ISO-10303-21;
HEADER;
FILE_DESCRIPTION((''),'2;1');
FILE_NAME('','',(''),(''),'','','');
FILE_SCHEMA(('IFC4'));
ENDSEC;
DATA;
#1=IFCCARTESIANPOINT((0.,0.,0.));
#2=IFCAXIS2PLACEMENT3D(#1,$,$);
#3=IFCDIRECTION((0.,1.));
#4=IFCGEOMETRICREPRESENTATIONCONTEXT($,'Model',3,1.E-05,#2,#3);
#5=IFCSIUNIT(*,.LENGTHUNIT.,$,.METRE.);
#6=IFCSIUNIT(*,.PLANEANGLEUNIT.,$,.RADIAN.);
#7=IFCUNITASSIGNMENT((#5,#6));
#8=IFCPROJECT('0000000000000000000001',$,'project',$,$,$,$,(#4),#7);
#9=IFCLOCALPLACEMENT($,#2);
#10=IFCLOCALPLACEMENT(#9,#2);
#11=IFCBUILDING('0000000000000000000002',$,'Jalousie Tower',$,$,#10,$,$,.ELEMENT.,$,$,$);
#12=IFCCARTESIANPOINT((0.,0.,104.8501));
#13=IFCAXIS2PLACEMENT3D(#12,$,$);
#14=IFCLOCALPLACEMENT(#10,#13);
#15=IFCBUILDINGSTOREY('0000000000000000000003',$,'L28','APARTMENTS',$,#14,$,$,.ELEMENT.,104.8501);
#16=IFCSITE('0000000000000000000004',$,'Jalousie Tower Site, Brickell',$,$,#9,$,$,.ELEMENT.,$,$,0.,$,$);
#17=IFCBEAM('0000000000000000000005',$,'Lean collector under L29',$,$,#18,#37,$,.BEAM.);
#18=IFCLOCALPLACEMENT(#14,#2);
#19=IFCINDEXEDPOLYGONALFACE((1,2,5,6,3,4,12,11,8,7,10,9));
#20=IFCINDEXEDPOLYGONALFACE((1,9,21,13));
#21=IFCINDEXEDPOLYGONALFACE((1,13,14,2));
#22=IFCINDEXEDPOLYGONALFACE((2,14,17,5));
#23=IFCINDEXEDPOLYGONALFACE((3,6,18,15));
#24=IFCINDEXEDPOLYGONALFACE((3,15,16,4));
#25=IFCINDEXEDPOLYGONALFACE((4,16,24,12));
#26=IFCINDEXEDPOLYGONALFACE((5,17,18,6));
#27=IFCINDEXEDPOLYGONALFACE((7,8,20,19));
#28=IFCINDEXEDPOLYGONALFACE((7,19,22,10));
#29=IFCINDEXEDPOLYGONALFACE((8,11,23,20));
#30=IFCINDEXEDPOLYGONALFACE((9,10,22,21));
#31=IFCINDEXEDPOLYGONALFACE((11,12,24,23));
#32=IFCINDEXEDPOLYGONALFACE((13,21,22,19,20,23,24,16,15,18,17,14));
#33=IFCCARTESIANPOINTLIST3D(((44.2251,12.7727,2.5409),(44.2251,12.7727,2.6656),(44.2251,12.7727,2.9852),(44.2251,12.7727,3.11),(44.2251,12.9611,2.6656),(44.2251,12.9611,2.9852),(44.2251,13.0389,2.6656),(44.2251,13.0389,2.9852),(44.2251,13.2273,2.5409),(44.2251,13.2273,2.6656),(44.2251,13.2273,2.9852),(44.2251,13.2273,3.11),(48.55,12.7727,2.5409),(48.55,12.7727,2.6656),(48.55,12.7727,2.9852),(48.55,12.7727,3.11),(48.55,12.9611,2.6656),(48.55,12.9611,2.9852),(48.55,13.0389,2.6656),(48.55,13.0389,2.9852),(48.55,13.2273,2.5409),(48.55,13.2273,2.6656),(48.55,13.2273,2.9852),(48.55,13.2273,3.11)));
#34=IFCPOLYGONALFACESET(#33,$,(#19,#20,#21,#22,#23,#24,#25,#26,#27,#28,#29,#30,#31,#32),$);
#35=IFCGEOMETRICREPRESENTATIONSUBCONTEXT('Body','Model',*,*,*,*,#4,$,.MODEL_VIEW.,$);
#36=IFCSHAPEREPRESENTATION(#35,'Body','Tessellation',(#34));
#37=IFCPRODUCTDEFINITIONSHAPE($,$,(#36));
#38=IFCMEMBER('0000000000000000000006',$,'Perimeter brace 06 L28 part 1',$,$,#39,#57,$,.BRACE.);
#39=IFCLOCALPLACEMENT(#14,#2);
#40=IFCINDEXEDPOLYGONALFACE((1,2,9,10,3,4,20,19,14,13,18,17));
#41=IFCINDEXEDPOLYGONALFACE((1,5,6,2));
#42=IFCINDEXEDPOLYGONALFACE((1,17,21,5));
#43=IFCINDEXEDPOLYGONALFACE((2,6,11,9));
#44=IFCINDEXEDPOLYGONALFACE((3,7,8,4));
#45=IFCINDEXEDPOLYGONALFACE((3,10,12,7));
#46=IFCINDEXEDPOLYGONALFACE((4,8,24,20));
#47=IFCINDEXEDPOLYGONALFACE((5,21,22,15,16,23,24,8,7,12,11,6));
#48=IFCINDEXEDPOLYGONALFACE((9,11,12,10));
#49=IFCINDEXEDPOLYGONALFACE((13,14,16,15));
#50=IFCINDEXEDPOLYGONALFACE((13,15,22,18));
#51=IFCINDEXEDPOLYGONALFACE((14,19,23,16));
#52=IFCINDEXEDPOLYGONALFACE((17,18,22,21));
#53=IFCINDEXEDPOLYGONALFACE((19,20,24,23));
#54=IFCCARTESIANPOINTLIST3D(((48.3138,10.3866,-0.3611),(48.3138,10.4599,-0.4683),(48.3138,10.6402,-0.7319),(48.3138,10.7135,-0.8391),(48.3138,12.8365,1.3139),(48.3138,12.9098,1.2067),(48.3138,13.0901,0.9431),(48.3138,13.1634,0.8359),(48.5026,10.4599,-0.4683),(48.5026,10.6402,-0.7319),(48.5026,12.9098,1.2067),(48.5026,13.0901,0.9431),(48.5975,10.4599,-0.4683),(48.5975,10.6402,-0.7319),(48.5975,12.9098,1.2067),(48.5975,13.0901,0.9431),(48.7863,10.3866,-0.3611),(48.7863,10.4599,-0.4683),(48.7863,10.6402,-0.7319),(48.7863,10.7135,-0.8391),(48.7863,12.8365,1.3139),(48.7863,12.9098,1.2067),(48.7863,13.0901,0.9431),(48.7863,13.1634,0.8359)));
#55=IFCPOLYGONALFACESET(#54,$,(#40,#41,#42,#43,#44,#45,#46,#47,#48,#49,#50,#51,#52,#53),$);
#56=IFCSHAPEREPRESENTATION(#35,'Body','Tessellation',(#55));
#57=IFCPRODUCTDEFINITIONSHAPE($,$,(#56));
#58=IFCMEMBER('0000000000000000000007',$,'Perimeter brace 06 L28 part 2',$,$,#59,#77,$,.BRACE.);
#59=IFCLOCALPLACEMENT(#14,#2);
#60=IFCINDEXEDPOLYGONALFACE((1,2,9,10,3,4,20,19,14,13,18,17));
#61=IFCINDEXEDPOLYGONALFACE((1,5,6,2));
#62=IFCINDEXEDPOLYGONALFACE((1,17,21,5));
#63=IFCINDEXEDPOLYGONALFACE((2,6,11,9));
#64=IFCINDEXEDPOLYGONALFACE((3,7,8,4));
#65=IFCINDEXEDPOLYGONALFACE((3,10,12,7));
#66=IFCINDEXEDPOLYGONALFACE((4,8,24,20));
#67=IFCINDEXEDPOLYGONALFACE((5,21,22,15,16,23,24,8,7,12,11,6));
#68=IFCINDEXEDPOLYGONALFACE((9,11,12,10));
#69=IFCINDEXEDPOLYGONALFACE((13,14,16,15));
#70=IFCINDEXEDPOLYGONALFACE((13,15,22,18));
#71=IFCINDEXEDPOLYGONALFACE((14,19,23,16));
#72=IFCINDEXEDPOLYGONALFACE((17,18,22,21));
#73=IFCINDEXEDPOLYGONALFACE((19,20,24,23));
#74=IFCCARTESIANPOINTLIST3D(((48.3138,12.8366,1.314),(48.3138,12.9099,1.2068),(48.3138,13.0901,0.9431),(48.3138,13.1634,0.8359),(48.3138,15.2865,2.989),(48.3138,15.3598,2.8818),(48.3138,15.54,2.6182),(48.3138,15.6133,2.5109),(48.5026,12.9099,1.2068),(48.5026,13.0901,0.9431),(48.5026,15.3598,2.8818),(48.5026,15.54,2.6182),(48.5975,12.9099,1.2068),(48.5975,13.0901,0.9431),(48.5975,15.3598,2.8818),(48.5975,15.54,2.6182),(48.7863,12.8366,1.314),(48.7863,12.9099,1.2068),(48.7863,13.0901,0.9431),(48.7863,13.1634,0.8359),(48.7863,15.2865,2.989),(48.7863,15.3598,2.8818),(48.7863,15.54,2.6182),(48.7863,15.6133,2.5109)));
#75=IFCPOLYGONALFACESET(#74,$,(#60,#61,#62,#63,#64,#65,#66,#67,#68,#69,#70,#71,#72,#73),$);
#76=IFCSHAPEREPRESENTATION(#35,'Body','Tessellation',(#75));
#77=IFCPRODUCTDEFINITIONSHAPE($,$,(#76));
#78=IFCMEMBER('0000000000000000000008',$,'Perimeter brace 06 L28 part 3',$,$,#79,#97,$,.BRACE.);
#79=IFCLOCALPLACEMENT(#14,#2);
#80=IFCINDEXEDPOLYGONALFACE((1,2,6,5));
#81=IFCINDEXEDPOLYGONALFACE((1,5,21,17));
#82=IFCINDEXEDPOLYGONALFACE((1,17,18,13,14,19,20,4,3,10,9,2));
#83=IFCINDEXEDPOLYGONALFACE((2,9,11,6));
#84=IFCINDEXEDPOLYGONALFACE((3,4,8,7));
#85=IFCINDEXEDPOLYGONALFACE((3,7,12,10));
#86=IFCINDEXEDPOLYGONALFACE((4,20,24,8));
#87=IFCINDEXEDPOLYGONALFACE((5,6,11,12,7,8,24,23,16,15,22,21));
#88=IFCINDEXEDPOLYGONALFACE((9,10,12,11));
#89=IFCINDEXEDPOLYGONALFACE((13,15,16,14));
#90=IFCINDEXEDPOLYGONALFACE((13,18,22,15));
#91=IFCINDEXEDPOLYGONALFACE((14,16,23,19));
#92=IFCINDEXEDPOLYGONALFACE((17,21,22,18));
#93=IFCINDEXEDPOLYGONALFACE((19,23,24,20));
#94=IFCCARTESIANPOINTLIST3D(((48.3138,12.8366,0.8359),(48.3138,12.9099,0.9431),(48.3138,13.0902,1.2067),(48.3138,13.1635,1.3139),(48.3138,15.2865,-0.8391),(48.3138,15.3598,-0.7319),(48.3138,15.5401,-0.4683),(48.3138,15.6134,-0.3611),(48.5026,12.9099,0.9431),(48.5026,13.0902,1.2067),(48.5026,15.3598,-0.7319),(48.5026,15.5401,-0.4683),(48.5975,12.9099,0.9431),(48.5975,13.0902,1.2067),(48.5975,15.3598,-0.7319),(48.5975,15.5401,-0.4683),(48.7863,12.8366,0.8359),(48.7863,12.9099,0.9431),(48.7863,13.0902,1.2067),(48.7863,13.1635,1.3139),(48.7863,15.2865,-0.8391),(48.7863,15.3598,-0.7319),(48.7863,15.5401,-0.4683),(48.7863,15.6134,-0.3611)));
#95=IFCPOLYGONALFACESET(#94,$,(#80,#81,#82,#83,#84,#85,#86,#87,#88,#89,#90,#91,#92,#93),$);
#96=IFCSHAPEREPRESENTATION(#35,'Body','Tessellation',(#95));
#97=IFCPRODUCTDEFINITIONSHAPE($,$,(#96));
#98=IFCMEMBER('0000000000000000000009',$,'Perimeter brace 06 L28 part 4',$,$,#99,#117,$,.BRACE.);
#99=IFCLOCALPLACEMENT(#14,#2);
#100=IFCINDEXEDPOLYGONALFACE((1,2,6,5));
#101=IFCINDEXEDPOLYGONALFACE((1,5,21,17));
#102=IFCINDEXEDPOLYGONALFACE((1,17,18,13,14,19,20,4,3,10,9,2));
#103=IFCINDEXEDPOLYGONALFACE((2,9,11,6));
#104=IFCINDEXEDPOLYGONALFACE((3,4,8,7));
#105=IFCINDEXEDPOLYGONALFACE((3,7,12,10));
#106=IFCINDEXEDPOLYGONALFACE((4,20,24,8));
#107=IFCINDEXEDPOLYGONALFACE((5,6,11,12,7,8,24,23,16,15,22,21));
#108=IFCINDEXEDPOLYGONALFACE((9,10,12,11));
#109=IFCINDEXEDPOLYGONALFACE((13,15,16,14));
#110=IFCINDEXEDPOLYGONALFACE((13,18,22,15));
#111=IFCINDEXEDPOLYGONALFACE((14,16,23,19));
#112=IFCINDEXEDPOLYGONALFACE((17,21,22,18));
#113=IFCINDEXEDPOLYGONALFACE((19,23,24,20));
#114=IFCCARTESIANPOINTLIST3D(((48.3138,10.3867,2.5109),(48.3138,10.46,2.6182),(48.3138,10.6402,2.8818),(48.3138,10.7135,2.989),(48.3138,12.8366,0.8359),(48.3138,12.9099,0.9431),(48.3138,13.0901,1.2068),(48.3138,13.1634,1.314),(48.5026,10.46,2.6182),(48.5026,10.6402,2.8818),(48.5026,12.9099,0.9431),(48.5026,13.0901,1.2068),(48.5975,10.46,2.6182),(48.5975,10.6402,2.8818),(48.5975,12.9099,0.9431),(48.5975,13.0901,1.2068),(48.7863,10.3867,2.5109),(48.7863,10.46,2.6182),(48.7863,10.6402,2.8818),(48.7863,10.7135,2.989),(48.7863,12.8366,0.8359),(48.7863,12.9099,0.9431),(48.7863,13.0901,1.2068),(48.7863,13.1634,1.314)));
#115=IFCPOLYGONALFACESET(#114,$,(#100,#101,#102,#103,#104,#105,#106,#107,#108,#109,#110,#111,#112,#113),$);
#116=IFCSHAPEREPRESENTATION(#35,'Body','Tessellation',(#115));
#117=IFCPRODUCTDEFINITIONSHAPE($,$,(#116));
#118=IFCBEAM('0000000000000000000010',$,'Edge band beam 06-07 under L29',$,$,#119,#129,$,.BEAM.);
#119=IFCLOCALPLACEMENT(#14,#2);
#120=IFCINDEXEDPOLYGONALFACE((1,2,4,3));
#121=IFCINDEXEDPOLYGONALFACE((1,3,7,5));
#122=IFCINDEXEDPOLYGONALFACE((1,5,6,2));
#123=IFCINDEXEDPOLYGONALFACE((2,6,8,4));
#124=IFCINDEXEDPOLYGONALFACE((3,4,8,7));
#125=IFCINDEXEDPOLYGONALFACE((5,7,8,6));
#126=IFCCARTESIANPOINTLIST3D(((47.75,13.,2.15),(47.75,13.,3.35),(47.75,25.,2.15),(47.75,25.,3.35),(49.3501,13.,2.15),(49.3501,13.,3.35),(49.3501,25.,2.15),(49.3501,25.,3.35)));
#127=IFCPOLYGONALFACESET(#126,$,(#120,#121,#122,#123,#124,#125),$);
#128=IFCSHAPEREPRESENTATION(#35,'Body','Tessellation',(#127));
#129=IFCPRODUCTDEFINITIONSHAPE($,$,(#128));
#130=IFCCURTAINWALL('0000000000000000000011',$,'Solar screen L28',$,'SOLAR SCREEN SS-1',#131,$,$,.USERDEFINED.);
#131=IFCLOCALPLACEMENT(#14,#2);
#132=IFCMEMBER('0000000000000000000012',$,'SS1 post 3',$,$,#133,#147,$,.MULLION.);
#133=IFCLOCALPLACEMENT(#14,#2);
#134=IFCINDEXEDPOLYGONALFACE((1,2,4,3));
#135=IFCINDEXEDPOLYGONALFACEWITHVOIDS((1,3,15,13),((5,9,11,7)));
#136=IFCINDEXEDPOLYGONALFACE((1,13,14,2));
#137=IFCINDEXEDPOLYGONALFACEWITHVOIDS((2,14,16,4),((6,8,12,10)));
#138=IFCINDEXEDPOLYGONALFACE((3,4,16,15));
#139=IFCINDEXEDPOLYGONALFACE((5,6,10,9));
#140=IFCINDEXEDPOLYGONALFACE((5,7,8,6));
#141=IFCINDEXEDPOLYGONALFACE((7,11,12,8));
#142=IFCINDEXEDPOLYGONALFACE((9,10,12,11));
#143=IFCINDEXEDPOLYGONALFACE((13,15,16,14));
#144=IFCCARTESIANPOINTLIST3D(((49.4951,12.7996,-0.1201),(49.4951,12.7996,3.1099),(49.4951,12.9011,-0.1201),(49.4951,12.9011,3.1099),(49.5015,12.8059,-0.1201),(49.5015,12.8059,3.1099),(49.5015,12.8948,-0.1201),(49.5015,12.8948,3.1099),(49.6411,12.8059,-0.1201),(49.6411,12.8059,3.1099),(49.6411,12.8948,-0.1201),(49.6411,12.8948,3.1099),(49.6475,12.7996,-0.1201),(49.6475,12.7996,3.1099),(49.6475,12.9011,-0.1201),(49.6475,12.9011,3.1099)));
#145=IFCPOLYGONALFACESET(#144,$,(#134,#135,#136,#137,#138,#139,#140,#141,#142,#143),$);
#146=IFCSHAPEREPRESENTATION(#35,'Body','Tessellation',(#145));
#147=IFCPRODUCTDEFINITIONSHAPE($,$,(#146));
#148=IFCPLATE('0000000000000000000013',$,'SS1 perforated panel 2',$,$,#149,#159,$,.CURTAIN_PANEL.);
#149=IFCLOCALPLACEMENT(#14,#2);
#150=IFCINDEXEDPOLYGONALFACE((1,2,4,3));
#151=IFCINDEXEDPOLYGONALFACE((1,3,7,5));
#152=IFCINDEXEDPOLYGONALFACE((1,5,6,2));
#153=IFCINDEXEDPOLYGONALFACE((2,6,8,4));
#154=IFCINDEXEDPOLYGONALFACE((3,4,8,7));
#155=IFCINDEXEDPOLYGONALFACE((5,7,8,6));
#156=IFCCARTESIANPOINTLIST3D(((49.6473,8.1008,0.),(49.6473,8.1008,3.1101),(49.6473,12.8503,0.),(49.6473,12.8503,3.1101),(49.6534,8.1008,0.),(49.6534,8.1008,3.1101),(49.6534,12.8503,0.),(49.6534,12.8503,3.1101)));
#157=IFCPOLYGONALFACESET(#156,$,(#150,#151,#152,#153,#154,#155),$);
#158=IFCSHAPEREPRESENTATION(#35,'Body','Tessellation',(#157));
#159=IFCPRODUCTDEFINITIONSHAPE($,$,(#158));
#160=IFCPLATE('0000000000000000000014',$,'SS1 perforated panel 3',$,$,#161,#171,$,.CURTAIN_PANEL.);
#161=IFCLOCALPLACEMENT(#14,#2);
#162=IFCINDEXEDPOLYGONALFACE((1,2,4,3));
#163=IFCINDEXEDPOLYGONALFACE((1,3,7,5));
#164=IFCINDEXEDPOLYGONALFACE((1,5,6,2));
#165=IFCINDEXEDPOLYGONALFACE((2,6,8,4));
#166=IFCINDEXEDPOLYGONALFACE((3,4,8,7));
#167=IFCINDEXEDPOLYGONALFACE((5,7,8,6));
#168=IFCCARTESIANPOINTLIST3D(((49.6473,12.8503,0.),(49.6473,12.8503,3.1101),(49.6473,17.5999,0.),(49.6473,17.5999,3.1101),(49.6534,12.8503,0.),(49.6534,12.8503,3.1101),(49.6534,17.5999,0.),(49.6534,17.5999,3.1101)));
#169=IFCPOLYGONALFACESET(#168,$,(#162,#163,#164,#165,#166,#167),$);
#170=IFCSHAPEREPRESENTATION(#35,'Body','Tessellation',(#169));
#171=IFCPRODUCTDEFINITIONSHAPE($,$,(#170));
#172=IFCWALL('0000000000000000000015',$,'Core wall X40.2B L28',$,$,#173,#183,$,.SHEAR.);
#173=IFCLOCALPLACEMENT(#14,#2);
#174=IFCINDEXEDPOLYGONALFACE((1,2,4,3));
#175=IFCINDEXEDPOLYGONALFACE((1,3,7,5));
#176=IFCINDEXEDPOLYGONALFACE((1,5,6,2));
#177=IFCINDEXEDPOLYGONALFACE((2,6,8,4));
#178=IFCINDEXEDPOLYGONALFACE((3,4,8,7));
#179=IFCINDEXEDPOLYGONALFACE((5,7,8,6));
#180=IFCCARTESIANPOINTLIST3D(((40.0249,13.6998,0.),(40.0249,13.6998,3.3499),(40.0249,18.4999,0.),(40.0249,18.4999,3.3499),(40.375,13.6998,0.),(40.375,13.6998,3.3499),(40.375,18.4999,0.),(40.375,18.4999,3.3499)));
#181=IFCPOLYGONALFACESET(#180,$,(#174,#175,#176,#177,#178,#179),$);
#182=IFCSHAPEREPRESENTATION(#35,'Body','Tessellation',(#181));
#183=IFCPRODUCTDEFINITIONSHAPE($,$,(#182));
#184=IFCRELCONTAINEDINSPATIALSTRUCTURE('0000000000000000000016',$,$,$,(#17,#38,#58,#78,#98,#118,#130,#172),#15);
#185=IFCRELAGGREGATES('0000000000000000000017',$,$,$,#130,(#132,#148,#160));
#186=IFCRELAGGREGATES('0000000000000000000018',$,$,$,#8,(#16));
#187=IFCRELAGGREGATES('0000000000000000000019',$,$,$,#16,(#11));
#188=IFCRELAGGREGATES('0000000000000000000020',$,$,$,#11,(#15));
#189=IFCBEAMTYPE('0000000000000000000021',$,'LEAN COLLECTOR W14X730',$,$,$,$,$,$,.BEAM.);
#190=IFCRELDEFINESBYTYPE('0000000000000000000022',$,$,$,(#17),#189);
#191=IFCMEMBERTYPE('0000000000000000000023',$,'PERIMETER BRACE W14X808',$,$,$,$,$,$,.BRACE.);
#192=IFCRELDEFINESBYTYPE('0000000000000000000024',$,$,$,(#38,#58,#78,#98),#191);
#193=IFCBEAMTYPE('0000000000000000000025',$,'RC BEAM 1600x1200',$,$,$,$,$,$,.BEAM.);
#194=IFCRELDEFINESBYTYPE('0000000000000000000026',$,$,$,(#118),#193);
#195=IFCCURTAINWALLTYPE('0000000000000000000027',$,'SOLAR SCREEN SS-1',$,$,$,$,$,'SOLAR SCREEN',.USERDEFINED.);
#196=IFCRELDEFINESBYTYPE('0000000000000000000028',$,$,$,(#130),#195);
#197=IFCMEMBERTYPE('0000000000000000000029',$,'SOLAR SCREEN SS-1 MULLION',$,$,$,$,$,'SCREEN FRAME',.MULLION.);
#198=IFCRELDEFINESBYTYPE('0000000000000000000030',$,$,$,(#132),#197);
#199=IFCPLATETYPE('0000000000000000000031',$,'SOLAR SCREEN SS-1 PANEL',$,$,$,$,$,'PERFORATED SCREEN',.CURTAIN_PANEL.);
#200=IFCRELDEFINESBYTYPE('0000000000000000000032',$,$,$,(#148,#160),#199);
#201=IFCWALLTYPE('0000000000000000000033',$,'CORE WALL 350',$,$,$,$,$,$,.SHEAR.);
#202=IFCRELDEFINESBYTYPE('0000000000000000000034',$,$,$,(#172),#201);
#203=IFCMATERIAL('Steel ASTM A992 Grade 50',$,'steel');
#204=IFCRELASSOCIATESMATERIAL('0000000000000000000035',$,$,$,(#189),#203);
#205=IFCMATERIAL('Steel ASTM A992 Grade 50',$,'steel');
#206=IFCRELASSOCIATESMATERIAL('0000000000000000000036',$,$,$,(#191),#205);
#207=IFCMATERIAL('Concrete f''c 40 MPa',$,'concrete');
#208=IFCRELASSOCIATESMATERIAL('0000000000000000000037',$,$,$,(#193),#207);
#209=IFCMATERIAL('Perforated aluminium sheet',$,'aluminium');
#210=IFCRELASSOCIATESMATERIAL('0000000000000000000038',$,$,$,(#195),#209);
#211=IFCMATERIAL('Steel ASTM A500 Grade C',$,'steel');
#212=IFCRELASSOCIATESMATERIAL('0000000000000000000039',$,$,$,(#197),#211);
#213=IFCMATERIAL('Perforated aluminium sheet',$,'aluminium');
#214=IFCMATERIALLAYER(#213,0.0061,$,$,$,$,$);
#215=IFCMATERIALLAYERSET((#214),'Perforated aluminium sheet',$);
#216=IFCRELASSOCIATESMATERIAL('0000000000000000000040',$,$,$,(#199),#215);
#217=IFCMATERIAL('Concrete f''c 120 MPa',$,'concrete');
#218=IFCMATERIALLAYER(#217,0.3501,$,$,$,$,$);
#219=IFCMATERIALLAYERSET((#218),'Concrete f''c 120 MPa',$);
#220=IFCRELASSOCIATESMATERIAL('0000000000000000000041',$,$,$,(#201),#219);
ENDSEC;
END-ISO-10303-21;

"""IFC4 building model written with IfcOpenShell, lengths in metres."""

from ifc_helpers import new_model, si_unit, direction, frame, frame_2d, origin, origin_2d, place, context, subcontext, project, spatial, rectangle, hollow_rectangle, i_section, extrude, material, layer, layer_set, material_profile, profile_set, type_object, element, aggregate, save


model = new_model("IFC4")

# Units and contexts
model_context = context("Model", 3, precision=1e-05, world=origin(), true_north=direction((0.0, 1.0)))
body_context = subcontext(model_context, "Body", "Model", "MODEL_VIEW")
ifc_project = project(units=[si_unit("LENGTHUNIT", "METRE"), si_unit("PLANEANGLEUNIT", "RADIAN")], contexts=[model_context])

# Site, building, storey
site_placement = place(None, origin())
site = spatial("IfcSite", under=ifc_project, at=site_placement, Name="Jalousie Tower Site, Brickell", CompositionType="ELEMENT", RefElevation=0.0)
building_placement = place(site_placement, origin())
building = spatial("IfcBuilding", under=site, at=building_placement, Name="Jalousie Tower", CompositionType="ELEMENT")
storey_placement = place(building_placement, frame((0.0, 0.0, 104.8501)))
storey = spatial("IfcBuildingStorey", under=building, at=storey_placement, Name="L28", Description="APARTMENTS", CompositionType="ELEMENT", Elevation=104.8501)

# Beam
ifc_material_1 = material(Name="Steel ASTM A992 Grade 50", Category="steel")
ifc_material_profile_1 = material_profile(ifc_material_1, i_section(OverallWidth=0.4546, OverallDepth=0.5691, WebThickness=0.0779, FlangeThickness=0.1248, at=origin_2d()), Name="W14X730")
ifc_profile_set_1 = profile_set([ifc_material_profile_1], Name="Steel ASTM A992 Grade 50")
beam_type_1 = type_object("IfcBeamType", Name="LEAN COLLECTOR W14X730", PredefinedType="BEAM", material=ifc_profile_set_1)
beam_1_placement = place(storey_placement, frame((48.55, 13.0, 2.8254), z_axis=(-1.0, 0.0, 0.0), x_axis=(0.0, -1.0, 0.0)))
element("IfcBeam", 1, at=beam_1_placement, inside=storey, type_object=beam_type_1, Name="Lean collector under L29", PredefinedType="BEAM", context=body_context, shape_type="SweptSolid", body=[
    extrude(i_section(OverallWidth=0.4546, OverallDepth=0.5691, WebThickness=0.0779, FlangeThickness=0.1248, at=origin_2d()), origin(), (0.0, 0.0, 1.0), 4.325),
])

# Members
ifc_material_2 = material(Name="Steel ASTM A992 Grade 50", Category="steel")
ifc_material_profile_2 = material_profile(ifc_material_2, i_section(OverallWidth=0.4724, OverallDepth=0.5791, WebThickness=0.095, FlangeThickness=0.1299, at=origin_2d()), Name="W14X808")
ifc_profile_set_2 = profile_set([ifc_material_profile_2], Name="Steel ASTM A992 Grade 50")
member_type_1 = type_object("IfcMemberType", Name="PERIMETER BRACE W14X808", PredefinedType="BRACE", material=ifc_profile_set_2)
for number, where, z_axis, x_axis, name in (
    (2, (48.55, 10.55, -0.6001), (0.0, 0.825501, 0.564401), (-1.0, 0.0, 0.0), "Perimeter brace 06 L28 part 1"),
    (3, (48.55, 13.0, 1.075), (0.0, 0.825501, 0.564401), (-1.0, 0.0, 0.0), "Perimeter brace 06 L28 part 2"),
    (4, (48.55, 15.45, -0.6001), (0.0, -0.825501, 0.564401), (1.0, 0.0, 0.0), "Perimeter brace 06 L28 part 3"),
    (5, (48.55, 13.0, 1.075), (0.0, -0.825501, 0.564401), (1.0, 0.0, 0.0), "Perimeter brace 06 L28 part 4"),
):
    element("IfcMember", number, at=place(storey_placement, frame(where, z_axis=z_axis, x_axis=x_axis)), inside=storey, type_object=member_type_1, Name=name, PredefinedType="BRACE", context=body_context, shape_type="SweptSolid", body=[
        extrude(i_section(OverallWidth=0.4724, OverallDepth=0.5791, WebThickness=0.095, FlangeThickness=0.1299, at=origin_2d()), origin(), (0.0, 0.0, 1.0), 2.9678),
    ])

# Beam
ifc_material_3 = material(Name="Concrete f'c 40 MPa", Category="concrete")
ifc_material_profile_3 = material_profile(ifc_material_3, rectangle(XDim=1.6001, YDim=1.2, at=origin_2d()), Name="RC 1600x1200")
ifc_profile_set_3 = profile_set([ifc_material_profile_3], Name="Concrete f'c 40 MPa")
beam_type_2 = type_object("IfcBeamType", Name="RC BEAM 1600x1200", PredefinedType="BEAM", material=ifc_profile_set_3)
beam_2_placement = place(storey_placement, frame((48.55, 13.0, 2.75), z_axis=(0.0, 1.0, 0.0), x_axis=(-1.0, 0.0, 0.0)))
element("IfcBeam", 6, at=beam_2_placement, inside=storey, type_object=beam_type_2, Name="Edge band beam 06-07 under L29", PredefinedType="BEAM", context=body_context, shape_type="SweptSolid", body=[
    extrude(rectangle(XDim=1.6001, YDim=1.2, at=origin_2d()), origin(), (0.0, 0.0, 1.0), 12.0),
])

# Curtain wall, member, plates
ifc_material_4 = material(Name="Perforated aluminium sheet", Category="aluminium")
curtain_wall_type = type_object("IfcCurtainWallType", Name="SOLAR SCREEN SS-1", ElementType="SOLAR SCREEN", PredefinedType="USERDEFINED", material=ifc_material_4)
curtain_wall_placement = place(storey_placement, origin())
curtain_wall = element("IfcCurtainWall", 7, at=curtain_wall_placement, inside=storey, type_object=curtain_wall_type, Name="Solar screen L28", ObjectType="SOLAR SCREEN SS-1", PredefinedType="USERDEFINED")
ifc_material_5 = material(Name="Steel ASTM A500 Grade C", Category="steel")
ifc_material_profile_4 = material_profile(ifc_material_5, hollow_rectangle(XDim=0.1016, YDim=0.1523, WallThickness=0.0063, at=origin_2d()), Name="HSS6X4X1/4")
ifc_profile_set_4 = profile_set([ifc_material_profile_4], Name="Steel ASTM A500 Grade C")
member_type_2 = type_object("IfcMemberType", Name="SOLAR SCREEN SS-1 MULLION", ElementType="SCREEN FRAME", PredefinedType="MULLION", material=ifc_profile_set_4)
member_placement = place(storey_placement, frame((49.5713, 12.8503, -0.1201), z_axis=(0.0, 0.0, 1.0), x_axis=(0.0, 1.0, 0.0)))
member = element("IfcMember", 8, at=member_placement, type_object=member_type_2, Name="SS1 post 3", PredefinedType="MULLION", context=body_context, shape_type="SweptSolid", body=[
    extrude(hollow_rectangle(XDim=0.1016, YDim=0.1523, WallThickness=0.0063, at=origin_2d()), origin(), (0.0, 0.0, 1.0), 3.23),
])
ifc_material_6 = material(Name="Perforated aluminium sheet", Category="aluminium")
ifc_layer_1 = layer(ifc_material_6, 0.0061)
ifc_layer_set_1 = layer_set([ifc_layer_1], Name="Perforated aluminium sheet")
plate_type = type_object("IfcPlateType", Name="SOLAR SCREEN SS-1 PANEL", ElementType="PERFORATED SCREEN", PredefinedType="CURTAIN_PANEL", material=ifc_layer_set_1)
plate_1_placement = place(storey_placement, frame((49.6504, 10.4756, 0.0), z_axis=(0.0, 0.0, 1.0), x_axis=(0.0, 1.0, 0.0)))
plate_1 = element("IfcPlate", 9, at=plate_1_placement, type_object=plate_type, Name="SS1 perforated panel 2", PredefinedType="CURTAIN_PANEL", context=body_context, shape_type="SweptSolid", body=[
    extrude(rectangle(XDim=4.7495, YDim=0.0061, at=origin_2d()), origin(), (0.0, 0.0, 1.0), 3.1101),
])
plate_2_placement = place(storey_placement, frame((49.6504, 15.2251, 0.0), z_axis=(0.0, 0.0, 1.0), x_axis=(0.0, 1.0, 0.0)))
plate_2 = element("IfcPlate", 10, at=plate_2_placement, type_object=plate_type, Name="SS1 perforated panel 3", PredefinedType="CURTAIN_PANEL", context=body_context, shape_type="SweptSolid", body=[
    extrude(rectangle(XDim=4.7495, YDim=0.0061, at=origin_2d()), origin(), (0.0, 0.0, 1.0), 3.1101),
])
aggregate(curtain_wall, [member, plate_1, plate_2])

# Wall
ifc_material_7 = material(Name="Concrete f'c 120 MPa", Category="concrete")
ifc_layer_2 = layer(ifc_material_7, 0.3501)
ifc_layer_set_2 = layer_set([ifc_layer_2], Name="Concrete f'c 120 MPa")
wall_type_1 = type_object("IfcWallType", Name="CORE WALL 350", PredefinedType="SHEAR", material=ifc_layer_set_2)
wall_1_placement = place(storey_placement, frame((40.2, 13.7, 0.0), z_axis=(0.0, 0.0, 1.0), x_axis=(0.0, 1.0, 0.0)))
element("IfcWall", 11, at=wall_1_placement, inside=storey, type_object=wall_type_1, Name="Core wall X40.2B L28", PredefinedType="SHEAR", context=body_context, shape_type="SweptSolid", body=[
    extrude(rectangle(XDim=4.8, YDim=0.3501, at=frame_2d((2.3999, 0.0))), origin(), (0.0, 0.0, 1.0), 3.3499),
])

save(model, "model.ifc")
